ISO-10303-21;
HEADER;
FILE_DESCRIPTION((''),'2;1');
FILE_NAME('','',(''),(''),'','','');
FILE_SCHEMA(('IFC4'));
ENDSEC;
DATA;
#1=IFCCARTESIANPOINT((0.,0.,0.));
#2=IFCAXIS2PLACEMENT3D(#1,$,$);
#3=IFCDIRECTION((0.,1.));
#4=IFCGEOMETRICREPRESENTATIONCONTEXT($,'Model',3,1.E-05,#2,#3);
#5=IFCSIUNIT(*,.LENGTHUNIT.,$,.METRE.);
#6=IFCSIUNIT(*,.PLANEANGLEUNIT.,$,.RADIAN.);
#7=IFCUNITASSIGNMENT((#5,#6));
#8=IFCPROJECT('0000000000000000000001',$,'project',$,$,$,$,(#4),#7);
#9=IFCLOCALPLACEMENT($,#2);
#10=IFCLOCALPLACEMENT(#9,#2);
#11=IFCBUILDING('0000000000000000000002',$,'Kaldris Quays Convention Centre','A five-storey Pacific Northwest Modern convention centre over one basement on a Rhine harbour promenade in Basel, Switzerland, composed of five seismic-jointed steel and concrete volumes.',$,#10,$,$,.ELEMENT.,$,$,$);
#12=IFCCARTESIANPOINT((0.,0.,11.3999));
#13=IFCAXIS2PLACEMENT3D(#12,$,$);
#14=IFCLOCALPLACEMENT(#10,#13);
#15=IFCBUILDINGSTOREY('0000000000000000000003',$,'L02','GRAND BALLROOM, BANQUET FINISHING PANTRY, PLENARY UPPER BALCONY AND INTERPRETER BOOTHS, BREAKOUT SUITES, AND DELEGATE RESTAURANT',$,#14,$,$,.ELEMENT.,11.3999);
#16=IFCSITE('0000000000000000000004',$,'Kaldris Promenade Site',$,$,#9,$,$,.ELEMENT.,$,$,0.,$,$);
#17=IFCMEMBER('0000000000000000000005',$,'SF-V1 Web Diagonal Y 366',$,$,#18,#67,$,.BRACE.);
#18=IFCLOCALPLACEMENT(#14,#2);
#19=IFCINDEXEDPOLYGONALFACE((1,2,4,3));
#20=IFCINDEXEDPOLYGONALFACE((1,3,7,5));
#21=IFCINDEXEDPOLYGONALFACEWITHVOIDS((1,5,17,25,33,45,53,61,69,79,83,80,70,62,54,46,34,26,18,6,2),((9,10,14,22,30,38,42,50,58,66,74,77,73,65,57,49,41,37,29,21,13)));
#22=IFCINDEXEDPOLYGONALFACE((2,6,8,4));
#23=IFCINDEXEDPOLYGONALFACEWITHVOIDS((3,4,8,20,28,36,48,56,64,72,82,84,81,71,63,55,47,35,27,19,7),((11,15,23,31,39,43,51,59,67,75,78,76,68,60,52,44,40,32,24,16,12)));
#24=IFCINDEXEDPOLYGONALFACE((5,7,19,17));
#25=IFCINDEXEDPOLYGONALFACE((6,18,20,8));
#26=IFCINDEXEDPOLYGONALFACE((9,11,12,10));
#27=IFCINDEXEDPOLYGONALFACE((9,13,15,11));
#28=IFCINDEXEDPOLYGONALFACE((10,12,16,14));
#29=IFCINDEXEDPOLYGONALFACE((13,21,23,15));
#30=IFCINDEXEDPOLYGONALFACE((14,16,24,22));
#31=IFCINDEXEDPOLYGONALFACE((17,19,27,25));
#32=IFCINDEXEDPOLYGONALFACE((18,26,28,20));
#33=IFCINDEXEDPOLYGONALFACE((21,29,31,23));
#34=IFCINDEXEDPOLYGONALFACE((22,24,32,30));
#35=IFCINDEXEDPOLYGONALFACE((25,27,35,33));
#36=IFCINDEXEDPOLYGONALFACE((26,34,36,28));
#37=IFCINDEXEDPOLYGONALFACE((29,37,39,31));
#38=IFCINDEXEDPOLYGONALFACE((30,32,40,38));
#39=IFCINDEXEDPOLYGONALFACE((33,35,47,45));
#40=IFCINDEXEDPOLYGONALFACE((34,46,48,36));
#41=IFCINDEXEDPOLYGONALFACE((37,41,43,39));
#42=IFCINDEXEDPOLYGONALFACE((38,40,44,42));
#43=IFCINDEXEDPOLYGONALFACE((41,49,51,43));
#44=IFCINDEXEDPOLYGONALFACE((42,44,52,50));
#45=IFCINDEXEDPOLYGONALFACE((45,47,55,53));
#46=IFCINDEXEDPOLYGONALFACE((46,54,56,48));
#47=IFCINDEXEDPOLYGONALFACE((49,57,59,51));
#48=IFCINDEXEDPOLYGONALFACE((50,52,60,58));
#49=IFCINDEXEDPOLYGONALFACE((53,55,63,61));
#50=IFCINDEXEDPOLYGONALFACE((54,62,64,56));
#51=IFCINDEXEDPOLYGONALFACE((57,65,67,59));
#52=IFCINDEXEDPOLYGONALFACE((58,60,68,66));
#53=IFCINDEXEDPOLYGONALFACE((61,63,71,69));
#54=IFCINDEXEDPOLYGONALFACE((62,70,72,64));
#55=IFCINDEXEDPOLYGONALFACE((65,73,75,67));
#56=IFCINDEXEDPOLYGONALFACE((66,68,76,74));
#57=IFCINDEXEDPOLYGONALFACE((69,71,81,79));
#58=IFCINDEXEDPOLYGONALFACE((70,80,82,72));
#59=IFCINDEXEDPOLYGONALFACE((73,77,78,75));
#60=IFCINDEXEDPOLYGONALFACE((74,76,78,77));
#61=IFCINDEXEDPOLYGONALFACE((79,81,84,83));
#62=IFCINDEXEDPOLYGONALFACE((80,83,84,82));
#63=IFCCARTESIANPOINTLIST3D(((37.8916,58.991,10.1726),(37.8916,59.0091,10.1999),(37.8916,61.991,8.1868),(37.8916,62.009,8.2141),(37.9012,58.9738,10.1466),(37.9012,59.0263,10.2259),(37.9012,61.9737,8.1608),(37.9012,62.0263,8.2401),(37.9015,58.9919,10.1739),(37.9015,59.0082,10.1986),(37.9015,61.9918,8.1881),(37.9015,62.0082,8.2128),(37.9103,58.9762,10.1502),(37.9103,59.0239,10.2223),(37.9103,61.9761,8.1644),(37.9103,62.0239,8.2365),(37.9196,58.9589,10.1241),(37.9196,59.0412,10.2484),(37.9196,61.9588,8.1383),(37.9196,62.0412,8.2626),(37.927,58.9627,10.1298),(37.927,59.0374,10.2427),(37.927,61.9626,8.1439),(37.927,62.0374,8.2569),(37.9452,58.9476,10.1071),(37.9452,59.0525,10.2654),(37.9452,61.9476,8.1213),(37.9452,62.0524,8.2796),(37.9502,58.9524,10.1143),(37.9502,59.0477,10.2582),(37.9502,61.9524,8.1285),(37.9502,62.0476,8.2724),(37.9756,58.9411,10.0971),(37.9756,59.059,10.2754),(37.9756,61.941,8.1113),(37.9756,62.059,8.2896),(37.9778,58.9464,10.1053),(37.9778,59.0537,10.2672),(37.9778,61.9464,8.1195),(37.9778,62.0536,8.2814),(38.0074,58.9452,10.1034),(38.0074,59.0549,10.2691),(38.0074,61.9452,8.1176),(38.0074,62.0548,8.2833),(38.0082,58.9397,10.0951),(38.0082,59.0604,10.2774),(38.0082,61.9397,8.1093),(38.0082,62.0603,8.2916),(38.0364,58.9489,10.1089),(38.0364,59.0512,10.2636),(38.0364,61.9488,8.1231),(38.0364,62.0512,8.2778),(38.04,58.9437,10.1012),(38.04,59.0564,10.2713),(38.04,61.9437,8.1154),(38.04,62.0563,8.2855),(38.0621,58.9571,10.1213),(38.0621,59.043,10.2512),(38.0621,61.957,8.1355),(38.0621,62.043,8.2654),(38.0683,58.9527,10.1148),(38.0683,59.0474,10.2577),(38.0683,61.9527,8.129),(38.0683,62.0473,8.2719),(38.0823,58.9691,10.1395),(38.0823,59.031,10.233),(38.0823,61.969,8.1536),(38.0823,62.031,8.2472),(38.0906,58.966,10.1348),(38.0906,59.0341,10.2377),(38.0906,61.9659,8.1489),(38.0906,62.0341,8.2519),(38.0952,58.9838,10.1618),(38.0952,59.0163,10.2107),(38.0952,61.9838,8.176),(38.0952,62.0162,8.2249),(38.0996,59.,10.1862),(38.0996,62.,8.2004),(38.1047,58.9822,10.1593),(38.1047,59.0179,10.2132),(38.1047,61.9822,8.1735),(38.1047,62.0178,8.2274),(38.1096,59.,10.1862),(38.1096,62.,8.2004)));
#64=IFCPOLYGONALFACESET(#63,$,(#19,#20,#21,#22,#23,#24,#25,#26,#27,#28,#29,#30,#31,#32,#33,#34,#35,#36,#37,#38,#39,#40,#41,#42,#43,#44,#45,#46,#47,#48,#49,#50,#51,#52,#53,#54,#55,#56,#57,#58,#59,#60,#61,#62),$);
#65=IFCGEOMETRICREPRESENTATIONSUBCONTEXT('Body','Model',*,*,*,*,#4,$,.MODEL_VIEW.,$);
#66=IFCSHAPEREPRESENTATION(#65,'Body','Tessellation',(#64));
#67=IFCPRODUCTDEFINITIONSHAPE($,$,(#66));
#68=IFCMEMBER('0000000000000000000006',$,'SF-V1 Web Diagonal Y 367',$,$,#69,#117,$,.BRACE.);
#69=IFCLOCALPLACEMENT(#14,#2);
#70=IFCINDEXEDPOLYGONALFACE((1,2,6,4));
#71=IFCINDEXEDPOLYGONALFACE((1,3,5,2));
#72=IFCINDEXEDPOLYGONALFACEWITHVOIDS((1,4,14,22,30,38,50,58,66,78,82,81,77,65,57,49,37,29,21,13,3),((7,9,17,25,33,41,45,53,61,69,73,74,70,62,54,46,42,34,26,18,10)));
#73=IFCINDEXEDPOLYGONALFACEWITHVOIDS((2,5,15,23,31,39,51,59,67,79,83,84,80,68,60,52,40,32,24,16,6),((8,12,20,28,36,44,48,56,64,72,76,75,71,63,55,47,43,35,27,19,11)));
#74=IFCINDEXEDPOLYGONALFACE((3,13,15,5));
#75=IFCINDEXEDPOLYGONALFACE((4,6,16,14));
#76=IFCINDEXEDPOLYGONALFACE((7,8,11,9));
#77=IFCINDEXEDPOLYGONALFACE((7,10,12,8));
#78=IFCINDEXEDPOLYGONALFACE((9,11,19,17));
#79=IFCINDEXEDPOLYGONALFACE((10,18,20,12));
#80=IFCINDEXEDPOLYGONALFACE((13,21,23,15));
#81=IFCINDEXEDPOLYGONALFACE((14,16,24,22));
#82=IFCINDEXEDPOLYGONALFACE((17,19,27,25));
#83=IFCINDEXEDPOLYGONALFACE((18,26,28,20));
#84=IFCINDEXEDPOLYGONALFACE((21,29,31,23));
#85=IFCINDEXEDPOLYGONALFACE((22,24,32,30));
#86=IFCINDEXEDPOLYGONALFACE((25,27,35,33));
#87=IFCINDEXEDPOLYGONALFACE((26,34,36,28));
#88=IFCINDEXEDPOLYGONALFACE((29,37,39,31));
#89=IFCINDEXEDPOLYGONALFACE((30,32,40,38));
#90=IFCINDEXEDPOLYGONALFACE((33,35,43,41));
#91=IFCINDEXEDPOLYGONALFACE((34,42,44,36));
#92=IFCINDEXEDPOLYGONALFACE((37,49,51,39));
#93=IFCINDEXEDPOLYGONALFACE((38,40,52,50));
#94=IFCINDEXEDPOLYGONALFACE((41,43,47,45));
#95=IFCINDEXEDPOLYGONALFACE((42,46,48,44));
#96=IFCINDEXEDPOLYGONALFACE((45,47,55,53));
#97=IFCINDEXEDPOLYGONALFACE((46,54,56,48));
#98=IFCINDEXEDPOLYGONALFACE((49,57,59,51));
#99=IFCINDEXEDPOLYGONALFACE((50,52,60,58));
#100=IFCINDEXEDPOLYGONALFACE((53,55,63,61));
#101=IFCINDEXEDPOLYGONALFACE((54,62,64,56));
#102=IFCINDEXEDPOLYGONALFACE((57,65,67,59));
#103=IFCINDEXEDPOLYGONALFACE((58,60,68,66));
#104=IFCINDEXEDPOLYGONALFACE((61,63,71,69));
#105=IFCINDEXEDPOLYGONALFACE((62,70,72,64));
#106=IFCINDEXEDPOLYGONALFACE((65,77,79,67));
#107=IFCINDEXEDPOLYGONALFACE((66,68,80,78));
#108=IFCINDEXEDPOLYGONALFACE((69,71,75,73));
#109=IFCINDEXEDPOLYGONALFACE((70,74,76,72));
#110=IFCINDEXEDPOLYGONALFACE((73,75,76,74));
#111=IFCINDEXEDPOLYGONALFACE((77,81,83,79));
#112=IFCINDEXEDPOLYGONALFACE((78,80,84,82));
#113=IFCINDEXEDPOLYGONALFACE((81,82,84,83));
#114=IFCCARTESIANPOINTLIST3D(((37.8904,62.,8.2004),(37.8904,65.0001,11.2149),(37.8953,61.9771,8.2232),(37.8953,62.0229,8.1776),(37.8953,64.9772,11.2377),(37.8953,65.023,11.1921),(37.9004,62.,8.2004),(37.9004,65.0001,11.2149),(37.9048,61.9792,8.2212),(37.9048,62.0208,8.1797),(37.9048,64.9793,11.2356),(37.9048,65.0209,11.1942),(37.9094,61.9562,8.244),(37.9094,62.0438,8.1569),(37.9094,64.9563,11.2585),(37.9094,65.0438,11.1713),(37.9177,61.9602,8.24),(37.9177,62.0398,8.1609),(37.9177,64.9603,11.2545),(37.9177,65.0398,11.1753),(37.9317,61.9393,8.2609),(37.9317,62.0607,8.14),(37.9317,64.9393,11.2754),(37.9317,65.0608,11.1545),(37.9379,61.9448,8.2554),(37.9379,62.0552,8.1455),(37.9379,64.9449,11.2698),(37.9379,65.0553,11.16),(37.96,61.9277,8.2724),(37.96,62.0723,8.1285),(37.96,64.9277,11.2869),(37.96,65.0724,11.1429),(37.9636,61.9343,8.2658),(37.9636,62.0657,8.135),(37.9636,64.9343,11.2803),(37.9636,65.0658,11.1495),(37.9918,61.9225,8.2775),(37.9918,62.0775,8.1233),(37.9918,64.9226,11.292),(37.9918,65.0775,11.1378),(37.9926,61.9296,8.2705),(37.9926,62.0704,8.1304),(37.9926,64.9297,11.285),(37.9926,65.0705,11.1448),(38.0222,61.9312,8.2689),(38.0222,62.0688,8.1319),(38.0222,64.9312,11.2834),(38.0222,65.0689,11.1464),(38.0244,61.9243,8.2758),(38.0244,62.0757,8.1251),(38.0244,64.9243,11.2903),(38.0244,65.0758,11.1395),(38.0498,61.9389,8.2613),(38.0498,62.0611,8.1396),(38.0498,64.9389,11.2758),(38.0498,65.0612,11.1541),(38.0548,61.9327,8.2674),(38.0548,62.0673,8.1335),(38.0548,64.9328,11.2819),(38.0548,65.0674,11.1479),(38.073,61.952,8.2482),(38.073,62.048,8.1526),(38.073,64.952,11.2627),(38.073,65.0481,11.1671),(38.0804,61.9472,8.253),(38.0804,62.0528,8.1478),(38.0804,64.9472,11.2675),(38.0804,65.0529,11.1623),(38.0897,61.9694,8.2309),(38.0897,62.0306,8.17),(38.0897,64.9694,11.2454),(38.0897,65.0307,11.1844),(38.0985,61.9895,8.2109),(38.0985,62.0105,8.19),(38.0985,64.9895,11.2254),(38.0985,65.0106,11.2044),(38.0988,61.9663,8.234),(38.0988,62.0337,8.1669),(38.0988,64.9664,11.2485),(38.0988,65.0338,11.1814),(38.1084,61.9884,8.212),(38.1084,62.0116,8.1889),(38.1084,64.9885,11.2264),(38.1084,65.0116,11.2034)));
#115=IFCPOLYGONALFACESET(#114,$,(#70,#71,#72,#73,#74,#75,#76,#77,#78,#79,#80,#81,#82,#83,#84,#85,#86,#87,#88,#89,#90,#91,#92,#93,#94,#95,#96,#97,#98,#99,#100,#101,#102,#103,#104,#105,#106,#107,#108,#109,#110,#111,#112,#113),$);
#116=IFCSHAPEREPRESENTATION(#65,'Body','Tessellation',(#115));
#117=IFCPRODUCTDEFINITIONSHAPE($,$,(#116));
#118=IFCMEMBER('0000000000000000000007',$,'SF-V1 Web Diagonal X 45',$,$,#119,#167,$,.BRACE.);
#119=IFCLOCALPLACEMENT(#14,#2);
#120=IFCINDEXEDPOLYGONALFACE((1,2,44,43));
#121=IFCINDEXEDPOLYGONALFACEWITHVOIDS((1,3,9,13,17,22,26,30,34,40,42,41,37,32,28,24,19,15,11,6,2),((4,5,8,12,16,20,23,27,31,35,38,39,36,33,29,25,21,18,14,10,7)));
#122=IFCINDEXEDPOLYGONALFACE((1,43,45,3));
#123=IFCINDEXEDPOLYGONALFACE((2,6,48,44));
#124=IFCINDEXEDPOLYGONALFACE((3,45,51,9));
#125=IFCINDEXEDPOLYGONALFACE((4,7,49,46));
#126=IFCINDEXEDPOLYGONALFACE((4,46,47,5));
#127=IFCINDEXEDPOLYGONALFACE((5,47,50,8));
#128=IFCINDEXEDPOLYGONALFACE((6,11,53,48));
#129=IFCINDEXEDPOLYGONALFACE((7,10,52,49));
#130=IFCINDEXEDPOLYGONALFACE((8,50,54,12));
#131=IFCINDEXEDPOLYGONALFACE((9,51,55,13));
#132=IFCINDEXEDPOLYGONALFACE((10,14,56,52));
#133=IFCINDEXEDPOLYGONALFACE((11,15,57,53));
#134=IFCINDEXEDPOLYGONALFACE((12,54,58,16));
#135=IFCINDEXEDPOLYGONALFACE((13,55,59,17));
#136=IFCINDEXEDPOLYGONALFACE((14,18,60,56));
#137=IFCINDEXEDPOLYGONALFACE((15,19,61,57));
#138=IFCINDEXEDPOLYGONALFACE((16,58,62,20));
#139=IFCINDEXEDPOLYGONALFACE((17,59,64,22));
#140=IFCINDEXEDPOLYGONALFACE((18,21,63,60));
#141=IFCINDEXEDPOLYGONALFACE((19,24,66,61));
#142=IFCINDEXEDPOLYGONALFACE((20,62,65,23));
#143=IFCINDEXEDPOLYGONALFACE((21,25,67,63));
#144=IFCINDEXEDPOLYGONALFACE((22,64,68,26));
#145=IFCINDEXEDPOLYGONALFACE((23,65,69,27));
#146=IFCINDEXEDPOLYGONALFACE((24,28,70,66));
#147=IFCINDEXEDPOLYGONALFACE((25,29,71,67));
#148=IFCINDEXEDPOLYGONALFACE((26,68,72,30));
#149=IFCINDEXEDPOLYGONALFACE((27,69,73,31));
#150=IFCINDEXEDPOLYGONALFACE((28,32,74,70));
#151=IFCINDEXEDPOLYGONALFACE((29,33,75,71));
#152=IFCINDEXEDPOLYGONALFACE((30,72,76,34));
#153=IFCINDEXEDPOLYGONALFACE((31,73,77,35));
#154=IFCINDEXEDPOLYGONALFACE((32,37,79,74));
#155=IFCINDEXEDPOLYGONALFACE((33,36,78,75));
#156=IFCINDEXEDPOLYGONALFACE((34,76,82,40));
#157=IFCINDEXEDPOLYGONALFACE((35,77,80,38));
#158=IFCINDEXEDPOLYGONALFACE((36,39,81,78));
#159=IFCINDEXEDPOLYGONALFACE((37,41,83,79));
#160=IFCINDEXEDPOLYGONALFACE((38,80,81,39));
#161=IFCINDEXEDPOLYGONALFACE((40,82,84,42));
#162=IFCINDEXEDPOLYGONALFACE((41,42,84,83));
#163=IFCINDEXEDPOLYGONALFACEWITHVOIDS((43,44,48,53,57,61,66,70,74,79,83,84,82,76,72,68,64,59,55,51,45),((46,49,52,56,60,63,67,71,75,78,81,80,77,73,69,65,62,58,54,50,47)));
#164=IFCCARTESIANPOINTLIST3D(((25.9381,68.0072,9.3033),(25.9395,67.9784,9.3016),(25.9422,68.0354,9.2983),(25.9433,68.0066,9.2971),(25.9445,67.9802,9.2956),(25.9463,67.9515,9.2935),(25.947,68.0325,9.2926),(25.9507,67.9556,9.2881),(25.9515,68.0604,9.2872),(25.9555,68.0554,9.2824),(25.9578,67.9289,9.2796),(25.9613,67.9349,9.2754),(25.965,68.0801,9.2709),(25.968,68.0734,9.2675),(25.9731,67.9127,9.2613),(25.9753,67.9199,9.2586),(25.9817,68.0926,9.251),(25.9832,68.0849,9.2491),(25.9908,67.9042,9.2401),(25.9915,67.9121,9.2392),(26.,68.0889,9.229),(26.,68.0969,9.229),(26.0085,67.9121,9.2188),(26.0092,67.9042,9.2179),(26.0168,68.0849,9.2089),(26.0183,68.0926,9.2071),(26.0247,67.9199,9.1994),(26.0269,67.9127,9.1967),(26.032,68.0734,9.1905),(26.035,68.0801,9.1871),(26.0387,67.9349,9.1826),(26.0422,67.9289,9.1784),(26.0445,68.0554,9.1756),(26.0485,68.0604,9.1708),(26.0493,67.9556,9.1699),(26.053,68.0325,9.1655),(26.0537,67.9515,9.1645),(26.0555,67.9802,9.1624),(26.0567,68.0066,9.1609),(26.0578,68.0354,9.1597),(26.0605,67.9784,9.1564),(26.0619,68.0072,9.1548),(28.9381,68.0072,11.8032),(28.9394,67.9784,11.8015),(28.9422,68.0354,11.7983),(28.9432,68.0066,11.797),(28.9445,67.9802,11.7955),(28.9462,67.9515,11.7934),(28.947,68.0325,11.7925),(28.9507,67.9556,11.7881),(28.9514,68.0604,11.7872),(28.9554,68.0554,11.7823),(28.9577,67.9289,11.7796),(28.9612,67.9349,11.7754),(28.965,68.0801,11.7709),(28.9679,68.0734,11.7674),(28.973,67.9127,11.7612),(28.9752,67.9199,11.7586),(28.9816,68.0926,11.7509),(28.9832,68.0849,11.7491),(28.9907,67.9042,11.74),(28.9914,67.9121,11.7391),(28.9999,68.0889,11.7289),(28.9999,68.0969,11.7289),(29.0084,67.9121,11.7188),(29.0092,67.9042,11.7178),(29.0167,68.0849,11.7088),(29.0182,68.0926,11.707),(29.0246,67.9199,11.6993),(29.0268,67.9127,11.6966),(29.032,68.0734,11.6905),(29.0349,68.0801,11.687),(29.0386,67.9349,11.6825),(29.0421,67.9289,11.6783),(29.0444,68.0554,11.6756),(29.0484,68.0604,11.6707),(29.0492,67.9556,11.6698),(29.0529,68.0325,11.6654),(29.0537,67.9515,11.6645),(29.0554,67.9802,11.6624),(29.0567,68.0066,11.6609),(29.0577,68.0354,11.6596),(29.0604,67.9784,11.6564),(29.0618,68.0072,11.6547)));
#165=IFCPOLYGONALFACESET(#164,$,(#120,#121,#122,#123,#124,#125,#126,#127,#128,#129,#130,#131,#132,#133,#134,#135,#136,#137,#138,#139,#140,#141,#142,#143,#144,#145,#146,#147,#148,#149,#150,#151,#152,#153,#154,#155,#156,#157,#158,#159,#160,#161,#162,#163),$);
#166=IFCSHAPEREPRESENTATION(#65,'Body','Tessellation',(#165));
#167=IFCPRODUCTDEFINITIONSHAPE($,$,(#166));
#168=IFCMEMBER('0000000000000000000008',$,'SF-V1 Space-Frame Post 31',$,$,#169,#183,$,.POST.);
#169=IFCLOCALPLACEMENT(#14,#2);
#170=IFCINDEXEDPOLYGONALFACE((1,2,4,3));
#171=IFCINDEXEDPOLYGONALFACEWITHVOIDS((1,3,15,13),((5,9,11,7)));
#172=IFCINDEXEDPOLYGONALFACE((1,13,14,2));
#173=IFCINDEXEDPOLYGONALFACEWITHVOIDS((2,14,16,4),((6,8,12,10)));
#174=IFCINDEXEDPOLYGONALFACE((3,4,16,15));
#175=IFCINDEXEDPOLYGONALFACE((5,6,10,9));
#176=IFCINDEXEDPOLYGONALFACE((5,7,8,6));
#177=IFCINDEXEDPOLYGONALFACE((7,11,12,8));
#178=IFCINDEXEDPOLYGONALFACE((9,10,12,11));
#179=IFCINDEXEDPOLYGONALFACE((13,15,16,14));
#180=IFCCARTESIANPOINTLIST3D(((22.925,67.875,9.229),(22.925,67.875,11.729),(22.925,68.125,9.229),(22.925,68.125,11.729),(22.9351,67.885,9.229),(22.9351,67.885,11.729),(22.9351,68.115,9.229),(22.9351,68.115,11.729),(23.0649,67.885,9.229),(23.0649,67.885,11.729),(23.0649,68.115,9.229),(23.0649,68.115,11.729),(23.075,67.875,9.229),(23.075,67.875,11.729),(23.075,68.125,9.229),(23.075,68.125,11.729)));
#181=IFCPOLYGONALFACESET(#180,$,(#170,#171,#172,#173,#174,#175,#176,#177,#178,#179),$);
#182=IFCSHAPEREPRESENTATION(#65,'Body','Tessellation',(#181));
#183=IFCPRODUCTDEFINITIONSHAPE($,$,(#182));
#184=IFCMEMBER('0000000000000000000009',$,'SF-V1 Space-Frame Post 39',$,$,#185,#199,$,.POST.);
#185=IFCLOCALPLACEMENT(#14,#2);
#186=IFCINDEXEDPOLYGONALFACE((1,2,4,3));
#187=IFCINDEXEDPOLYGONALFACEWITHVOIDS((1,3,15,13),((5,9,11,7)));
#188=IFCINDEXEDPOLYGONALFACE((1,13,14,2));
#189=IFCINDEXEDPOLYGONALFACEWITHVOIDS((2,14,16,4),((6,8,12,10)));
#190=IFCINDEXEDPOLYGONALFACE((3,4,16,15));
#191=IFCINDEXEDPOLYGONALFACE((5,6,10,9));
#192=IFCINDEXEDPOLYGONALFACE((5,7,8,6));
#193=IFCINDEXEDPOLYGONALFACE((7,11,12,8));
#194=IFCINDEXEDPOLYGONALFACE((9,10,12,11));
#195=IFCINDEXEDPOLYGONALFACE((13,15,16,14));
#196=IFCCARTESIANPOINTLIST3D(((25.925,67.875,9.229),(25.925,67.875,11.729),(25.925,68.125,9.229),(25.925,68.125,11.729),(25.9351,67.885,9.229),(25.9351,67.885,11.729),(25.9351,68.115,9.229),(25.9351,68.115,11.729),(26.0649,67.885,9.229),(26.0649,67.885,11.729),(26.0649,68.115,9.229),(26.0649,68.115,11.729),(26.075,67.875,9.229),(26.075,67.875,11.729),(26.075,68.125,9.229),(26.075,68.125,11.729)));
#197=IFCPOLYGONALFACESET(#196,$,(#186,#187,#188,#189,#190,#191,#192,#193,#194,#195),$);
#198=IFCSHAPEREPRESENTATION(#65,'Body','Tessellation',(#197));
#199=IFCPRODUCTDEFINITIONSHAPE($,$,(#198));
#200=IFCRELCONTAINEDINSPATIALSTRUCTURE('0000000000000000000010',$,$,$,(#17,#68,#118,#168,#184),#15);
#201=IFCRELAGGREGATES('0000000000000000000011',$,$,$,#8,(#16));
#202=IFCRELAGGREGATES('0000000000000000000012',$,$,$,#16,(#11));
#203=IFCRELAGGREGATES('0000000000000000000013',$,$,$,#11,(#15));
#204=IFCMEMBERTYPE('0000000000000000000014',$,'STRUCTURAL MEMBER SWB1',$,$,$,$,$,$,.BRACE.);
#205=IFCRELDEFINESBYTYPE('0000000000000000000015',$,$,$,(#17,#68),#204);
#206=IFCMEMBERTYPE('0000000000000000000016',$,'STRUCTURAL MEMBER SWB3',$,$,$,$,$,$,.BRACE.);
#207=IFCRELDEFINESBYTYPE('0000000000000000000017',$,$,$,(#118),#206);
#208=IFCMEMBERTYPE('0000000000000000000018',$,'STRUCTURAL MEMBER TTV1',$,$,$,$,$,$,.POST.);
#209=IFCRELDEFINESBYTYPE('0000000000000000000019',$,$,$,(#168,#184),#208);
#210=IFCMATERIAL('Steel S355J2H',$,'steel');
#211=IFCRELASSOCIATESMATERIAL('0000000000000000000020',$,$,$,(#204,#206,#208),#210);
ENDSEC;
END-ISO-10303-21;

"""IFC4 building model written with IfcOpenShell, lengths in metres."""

from ifc_helpers import new_model, si_unit, direction, frame, origin, origin_2d, place, context, subcontext, project, spatial, hollow_rectangle, hollow_circle, extrude, material, material_profile, profile_set, type_object, element, save


model = new_model("IFC4")

# Units and contexts
model_context = context("Model", 3, precision=1e-05, world=origin(), true_north=direction((0.0, 1.0)))
body_context = subcontext(model_context, "Body", "Model", "MODEL_VIEW")
ifc_project = project(units=[si_unit("LENGTHUNIT", "METRE"), si_unit("PLANEANGLEUNIT", "RADIAN")], contexts=[model_context])

# Site, building, storey
site_placement = place(None, origin())
site = spatial("IfcSite", under=ifc_project, at=site_placement, Name="Kaldris Promenade Site", CompositionType="ELEMENT", RefElevation=0.0)
building_placement = place(site_placement, origin())
building = spatial("IfcBuilding", under=site, at=building_placement, Name="Kaldris Quays Convention Centre", Description="A five-storey Pacific Northwest Modern convention centre over one basement on a Rhine harbour promenade in Basel, Switzerland, composed of five seismic-jointed steel and concrete volumes.", CompositionType="ELEMENT")
storey_placement = place(building_placement, frame((0.0, 0.0, 11.3999)))
storey = spatial("IfcBuildingStorey", under=building, at=storey_placement, Name="L02", Description="GRAND BALLROOM, BANQUET FINISHING PANTRY, PLENARY UPPER BALCONY AND INTERPRETER BOOTHS, BREAKOUT SUITES, AND DELEGATE RESTAURANT", CompositionType="ELEMENT", Elevation=11.3999)

# Members
ifc_material_1 = material(Name="Steel S355J2H", Category="steel")
ifc_material_profile_1 = material_profile(ifc_material_1, hollow_circle(Radius=0.1096, WallThickness=0.01, at=origin_2d()), Name="CHS 219.1x10")
ifc_profile_set_1 = profile_set([ifc_material_profile_1], Name="Steel S355J2H")
member_type_1 = type_object("IfcMemberType", Name="STRUCTURAL MEMBER SWB1", PredefinedType="BRACE", material=ifc_profile_set_1)
member_1_placement = place(storey_placement, frame((38.0, 62.0, 8.2004), z_axis=(0.0, -0.833862, 0.551972), x_axis=(1.0, 0.0, 0.0)))
element("IfcMember", 1, at=member_1_placement, inside=storey, type_object=member_type_1, Name="SF-V1 Web Diagonal Y 366", PredefinedType="BRACE", context=body_context, shape_type="SweptSolid", body=[
    extrude(hollow_circle(Radius=0.1096, WallThickness=0.01, at=origin_2d()), origin(), (0.0, 0.0, 1.0), 3.5977),
])
member_2_placement = place(storey_placement, frame((38.0, 62.0, 8.2004), z_axis=(0.0, 0.705411, 0.708798), x_axis=(-1.0, 0.0, 0.0)))
element("IfcMember", 2, at=member_2_placement, inside=storey, type_object=member_type_1, Name="SF-V1 Web Diagonal Y 367", PredefinedType="BRACE", context=body_context, shape_type="SweptSolid", body=[
    extrude(hollow_circle(Radius=0.1096, WallThickness=0.01, at=origin_2d()), origin(), (0.0, 0.0, 1.0), 4.2529),
])
ifc_material_profile_2 = material_profile(ifc_material_1, hollow_circle(Radius=0.0969, WallThickness=0.0081, at=origin_2d()), Name="CHS 193.7x8")
ifc_profile_set_2 = profile_set([ifc_material_profile_2], Name="Steel S355J2H")
member_type_2 = type_object("IfcMemberType", Name="STRUCTURAL MEMBER SWB3", PredefinedType="BRACE", material=ifc_profile_set_2)
member_3_placement = place(storey_placement, frame((26.0, 68.0, 9.229), z_axis=(0.768221, 0.0, 0.640184), x_axis=(0.0, 1.0, 0.0)))
element("IfcMember", 3, at=member_3_placement, inside=storey, type_object=member_type_2, Name="SF-V1 Web Diagonal X 45", PredefinedType="BRACE", context=body_context, shape_type="SweptSolid", body=[
    extrude(hollow_circle(Radius=0.0969, WallThickness=0.0081, at=origin_2d()), origin(), (0.0, 0.0, 1.0), 3.905),
])
ifc_material_profile_3 = material_profile(ifc_material_1, hollow_rectangle(XDim=0.1499, YDim=0.25, WallThickness=0.01, at=origin_2d()), Name="RHS 250x150x10")
ifc_profile_set_3 = profile_set([ifc_material_profile_3], Name="Steel S355J2H")
member_type_3 = type_object("IfcMemberType", Name="STRUCTURAL MEMBER TTV1", PredefinedType="POST", material=ifc_profile_set_3)
for number, where, z_axis, x_axis, name in (
    (4, (23.0, 68.0, 9.229), (0.0, 0.0, 1.0), (1.0, 0.0, 0.0), "SF-V1 Space-Frame Post 31"),
    (5, (26.0, 68.0, 9.229), (0.0, 0.0, 1.0), (1.0, 0.0, 0.0), "SF-V1 Space-Frame Post 39"),
):
    element("IfcMember", number, at=place(storey_placement, frame(where, z_axis=z_axis, x_axis=x_axis)), inside=storey, type_object=member_type_3, Name=name, PredefinedType="POST", context=body_context, shape_type="SweptSolid", body=[
        extrude(hollow_rectangle(XDim=0.1499, YDim=0.25, WallThickness=0.01, at=origin_2d()), origin(), (0.0, 0.0, 1.0), 2.5),
    ])

save(model, "model.ifc")
